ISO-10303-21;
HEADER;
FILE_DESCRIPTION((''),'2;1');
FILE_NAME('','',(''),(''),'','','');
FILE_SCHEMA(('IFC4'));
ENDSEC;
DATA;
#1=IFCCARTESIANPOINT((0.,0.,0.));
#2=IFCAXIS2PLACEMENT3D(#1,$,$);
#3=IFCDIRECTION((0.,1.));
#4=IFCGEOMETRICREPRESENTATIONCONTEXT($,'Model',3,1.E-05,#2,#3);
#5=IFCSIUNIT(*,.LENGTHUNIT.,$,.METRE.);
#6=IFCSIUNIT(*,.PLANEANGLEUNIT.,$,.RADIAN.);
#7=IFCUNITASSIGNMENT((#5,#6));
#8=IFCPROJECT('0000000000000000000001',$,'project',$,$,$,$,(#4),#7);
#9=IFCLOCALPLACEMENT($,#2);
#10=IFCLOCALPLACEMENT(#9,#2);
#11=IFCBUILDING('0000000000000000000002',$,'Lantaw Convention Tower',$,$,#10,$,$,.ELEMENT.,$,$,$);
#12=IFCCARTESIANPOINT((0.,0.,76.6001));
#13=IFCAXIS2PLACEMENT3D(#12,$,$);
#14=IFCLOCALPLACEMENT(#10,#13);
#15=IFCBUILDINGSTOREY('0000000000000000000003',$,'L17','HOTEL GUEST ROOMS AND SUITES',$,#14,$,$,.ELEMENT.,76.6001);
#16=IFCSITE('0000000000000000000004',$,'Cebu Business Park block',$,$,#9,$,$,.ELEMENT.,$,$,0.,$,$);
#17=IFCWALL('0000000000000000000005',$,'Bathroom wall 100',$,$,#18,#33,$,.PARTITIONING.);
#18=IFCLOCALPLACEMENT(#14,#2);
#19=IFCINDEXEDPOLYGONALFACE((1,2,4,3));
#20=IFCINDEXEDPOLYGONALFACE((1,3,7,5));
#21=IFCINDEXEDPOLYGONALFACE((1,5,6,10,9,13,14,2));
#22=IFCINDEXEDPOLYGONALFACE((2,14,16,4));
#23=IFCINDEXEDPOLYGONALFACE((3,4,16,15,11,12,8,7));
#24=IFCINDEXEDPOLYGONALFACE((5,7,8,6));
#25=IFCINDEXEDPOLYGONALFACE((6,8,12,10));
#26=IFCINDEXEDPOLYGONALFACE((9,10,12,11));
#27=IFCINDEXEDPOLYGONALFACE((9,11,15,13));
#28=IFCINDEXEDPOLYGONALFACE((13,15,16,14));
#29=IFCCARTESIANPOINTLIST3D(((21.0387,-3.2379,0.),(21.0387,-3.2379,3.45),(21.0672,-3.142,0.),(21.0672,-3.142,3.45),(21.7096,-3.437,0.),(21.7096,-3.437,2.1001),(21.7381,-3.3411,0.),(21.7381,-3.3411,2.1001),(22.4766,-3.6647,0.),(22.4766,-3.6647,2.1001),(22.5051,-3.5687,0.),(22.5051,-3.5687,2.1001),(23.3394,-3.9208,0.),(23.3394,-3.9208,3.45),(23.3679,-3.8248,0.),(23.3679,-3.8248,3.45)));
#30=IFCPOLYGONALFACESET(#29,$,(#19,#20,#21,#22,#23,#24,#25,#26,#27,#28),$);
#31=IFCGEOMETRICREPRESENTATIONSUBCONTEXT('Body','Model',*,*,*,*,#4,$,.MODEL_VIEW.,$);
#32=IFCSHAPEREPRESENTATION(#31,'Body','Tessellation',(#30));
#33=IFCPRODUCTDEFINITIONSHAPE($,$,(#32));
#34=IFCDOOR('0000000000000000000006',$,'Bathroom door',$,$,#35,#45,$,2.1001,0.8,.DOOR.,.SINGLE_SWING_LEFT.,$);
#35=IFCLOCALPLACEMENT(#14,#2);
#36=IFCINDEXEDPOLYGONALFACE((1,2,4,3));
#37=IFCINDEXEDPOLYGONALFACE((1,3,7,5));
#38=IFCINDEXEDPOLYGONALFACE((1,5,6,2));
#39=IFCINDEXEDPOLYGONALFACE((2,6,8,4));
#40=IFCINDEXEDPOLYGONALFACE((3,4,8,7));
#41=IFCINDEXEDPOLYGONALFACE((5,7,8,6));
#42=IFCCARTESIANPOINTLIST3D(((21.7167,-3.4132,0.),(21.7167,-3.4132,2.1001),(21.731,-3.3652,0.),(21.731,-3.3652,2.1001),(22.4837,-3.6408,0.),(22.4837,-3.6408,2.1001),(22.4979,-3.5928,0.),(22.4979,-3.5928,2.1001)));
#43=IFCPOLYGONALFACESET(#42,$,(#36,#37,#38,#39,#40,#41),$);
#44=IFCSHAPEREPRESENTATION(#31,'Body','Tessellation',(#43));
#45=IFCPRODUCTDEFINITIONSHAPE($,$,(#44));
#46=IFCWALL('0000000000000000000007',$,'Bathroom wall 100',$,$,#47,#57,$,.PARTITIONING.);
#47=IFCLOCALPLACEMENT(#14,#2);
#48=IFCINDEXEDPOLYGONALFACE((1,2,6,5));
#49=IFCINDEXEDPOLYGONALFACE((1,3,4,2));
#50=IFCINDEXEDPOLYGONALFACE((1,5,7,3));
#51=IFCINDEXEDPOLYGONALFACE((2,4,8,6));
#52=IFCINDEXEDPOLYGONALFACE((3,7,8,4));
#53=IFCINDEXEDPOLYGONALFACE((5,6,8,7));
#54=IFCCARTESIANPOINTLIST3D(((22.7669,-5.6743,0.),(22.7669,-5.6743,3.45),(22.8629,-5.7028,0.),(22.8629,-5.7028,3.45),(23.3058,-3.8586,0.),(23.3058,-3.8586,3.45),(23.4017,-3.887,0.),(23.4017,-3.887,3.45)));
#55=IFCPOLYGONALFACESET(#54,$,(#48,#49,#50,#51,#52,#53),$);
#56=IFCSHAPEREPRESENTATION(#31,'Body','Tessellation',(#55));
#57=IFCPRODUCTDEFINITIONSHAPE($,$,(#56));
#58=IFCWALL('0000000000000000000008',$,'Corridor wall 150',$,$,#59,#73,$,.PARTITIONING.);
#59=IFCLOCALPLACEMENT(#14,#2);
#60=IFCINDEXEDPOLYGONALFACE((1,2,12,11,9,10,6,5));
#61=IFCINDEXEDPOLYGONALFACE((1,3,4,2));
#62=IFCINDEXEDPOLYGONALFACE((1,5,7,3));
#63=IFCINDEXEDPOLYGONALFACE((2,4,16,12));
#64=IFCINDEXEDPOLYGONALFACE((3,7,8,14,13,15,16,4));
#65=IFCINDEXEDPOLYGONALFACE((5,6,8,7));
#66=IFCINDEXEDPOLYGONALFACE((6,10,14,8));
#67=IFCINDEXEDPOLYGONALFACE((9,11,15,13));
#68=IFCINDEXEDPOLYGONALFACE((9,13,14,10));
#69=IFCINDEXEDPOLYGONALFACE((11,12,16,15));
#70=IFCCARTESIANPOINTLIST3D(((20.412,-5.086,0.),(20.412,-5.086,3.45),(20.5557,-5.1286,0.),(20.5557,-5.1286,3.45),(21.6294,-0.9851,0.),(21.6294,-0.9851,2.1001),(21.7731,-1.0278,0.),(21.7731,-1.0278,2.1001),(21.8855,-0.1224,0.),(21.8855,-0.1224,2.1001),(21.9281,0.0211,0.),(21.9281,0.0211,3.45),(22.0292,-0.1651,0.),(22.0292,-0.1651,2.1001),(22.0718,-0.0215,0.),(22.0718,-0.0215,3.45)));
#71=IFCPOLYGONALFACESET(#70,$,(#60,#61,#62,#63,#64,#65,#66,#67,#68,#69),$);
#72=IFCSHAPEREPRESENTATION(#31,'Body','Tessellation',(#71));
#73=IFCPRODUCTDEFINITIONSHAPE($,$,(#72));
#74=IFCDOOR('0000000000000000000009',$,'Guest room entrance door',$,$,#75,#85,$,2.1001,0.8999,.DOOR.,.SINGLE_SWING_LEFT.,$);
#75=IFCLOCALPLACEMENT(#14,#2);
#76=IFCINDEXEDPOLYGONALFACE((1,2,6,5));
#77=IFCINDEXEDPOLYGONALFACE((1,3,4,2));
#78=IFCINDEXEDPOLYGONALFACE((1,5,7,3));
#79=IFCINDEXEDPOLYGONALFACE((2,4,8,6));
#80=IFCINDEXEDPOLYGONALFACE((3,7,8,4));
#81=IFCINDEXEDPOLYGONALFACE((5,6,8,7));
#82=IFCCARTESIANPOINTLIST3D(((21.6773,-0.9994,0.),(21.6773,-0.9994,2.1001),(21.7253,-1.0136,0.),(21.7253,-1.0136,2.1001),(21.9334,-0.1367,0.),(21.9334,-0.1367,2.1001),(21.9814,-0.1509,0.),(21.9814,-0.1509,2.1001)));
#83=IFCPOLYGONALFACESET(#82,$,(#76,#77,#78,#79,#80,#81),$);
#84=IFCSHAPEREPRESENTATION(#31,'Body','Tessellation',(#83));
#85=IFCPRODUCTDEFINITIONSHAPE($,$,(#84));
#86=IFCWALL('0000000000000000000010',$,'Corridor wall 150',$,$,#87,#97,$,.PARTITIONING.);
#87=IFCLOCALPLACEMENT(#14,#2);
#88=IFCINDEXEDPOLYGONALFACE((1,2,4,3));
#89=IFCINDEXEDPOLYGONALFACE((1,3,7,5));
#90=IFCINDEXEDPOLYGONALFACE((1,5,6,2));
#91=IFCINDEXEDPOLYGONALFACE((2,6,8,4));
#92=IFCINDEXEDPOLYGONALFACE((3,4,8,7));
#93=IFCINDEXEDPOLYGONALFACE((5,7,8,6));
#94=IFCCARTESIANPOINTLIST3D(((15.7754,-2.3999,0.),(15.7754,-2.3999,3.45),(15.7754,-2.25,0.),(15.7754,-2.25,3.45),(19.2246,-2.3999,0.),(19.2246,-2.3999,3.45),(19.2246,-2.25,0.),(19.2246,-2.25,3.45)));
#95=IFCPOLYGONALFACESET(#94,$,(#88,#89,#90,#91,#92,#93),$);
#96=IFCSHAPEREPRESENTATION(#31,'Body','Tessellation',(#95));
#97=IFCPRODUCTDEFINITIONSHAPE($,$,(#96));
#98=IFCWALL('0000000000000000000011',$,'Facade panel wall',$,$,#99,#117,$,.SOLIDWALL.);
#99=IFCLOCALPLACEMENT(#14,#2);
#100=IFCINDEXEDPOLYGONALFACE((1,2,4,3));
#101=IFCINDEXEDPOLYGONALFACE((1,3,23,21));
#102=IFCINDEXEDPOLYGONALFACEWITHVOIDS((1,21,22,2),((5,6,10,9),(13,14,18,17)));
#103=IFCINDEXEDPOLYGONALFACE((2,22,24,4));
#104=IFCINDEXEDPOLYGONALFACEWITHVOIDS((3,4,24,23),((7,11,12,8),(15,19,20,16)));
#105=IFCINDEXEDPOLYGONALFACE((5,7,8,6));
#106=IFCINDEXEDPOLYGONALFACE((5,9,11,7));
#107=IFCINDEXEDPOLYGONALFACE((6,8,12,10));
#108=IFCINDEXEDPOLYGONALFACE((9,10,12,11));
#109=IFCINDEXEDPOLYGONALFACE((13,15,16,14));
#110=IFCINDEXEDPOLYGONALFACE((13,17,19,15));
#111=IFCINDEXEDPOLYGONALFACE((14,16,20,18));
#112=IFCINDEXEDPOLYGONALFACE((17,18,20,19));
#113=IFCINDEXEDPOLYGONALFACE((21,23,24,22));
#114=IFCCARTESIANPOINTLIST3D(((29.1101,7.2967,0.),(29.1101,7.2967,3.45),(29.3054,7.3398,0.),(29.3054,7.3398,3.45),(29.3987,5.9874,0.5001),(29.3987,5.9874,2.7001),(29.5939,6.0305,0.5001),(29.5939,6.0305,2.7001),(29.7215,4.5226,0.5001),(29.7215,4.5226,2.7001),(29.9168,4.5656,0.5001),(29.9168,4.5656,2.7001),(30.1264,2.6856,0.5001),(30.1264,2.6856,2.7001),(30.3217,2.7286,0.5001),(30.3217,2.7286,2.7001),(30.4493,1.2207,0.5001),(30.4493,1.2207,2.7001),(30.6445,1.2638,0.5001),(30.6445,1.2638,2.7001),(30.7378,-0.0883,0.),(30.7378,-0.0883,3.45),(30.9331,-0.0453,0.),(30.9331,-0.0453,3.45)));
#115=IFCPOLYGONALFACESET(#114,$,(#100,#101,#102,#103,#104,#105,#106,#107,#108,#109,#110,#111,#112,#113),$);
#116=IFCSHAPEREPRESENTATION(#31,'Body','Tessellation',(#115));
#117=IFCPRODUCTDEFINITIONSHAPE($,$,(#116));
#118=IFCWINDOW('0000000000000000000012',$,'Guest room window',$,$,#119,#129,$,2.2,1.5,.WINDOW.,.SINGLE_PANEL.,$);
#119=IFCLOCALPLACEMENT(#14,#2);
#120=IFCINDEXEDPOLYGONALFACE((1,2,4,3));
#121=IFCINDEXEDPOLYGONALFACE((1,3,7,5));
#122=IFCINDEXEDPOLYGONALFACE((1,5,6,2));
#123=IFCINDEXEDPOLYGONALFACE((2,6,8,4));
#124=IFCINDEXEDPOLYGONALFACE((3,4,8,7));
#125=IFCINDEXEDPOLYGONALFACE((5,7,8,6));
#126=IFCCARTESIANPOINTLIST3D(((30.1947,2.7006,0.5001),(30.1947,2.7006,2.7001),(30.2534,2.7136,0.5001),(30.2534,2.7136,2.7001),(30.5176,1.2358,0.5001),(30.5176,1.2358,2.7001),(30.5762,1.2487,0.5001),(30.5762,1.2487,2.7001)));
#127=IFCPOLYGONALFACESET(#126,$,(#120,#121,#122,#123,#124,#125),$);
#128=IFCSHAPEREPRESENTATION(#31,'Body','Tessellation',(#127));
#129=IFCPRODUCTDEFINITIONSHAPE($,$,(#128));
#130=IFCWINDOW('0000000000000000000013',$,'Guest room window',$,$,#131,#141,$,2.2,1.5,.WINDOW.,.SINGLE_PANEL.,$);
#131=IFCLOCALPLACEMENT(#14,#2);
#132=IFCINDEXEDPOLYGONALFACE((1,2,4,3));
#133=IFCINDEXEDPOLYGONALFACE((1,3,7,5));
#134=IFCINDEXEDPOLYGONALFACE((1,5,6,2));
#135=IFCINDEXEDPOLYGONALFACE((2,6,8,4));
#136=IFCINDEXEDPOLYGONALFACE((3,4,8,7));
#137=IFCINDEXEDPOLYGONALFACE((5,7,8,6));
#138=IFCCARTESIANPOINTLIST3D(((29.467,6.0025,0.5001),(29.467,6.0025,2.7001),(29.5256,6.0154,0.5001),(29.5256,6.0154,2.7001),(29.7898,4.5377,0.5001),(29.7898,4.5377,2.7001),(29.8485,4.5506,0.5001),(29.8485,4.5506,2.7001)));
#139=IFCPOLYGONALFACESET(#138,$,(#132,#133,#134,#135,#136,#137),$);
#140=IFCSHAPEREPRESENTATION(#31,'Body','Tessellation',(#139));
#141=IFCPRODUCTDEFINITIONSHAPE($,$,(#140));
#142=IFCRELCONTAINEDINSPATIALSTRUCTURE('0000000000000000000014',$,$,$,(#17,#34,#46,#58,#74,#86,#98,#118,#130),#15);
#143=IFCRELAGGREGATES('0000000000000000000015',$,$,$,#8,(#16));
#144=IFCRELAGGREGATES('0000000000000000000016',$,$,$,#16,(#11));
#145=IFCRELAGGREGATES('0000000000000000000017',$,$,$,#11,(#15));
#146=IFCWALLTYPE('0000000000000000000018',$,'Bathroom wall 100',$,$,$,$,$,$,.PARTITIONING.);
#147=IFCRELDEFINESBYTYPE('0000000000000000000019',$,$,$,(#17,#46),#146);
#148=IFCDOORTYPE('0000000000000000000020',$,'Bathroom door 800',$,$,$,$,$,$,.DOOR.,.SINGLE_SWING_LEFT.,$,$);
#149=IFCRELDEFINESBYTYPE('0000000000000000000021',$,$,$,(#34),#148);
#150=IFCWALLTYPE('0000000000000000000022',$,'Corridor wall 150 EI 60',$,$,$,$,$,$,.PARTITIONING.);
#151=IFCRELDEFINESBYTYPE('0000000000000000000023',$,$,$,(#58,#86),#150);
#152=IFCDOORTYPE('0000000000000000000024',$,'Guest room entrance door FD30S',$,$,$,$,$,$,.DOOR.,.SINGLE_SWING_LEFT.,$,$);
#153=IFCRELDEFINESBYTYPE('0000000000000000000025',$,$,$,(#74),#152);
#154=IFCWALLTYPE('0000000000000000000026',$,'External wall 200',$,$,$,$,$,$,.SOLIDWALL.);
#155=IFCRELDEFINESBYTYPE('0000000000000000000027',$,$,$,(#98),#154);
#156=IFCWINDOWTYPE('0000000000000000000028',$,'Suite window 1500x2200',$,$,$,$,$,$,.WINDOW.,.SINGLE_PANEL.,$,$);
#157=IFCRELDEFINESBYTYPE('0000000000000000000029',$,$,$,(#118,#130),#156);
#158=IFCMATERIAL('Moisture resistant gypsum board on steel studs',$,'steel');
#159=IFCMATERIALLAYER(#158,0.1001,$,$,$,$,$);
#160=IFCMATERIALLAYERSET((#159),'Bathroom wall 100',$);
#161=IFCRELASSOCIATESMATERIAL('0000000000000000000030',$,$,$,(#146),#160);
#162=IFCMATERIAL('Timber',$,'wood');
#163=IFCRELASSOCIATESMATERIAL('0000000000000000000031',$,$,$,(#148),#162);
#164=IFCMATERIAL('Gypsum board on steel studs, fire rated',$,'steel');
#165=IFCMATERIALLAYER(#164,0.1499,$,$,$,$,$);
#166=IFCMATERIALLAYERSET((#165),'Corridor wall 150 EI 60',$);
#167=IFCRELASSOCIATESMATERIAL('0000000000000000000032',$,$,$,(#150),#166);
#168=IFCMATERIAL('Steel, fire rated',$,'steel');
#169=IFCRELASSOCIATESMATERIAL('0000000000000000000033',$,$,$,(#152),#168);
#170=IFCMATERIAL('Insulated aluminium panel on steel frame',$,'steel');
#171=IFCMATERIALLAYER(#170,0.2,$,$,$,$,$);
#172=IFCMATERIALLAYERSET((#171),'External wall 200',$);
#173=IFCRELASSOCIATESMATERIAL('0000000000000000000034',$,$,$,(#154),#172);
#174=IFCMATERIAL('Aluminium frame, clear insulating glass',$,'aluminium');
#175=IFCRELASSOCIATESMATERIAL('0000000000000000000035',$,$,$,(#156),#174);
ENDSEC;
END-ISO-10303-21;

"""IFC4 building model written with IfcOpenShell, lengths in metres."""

from ifc_helpers import new_model, si_unit, direction, frame, frame_2d, origin, place, context, subcontext, project, spatial, rectangle, extrude, material, layer, layer_set, type_object, element, fill, save


model = new_model("IFC4")

# Units and contexts
model_context = context("Model", 3, precision=1e-05, world=origin(), true_north=direction((0.0, 1.0)))
body_context = subcontext(model_context, "Body", "Model", "MODEL_VIEW")
ifc_project = project(units=[si_unit("LENGTHUNIT", "METRE"), si_unit("PLANEANGLEUNIT", "RADIAN")], contexts=[model_context])

# Site, building, storey
site_placement = place(None, origin())
site = spatial("IfcSite", under=ifc_project, at=site_placement, Name="Cebu Business Park block", CompositionType="ELEMENT", RefElevation=0.0)
building_placement = place(site_placement, origin())
building = spatial("IfcBuilding", under=site, at=building_placement, Name="Lantaw Convention Tower", CompositionType="ELEMENT")
storey_placement = place(building_placement, frame((0.0, 0.0, 76.6001)))
storey = spatial("IfcBuildingStorey", under=building, at=storey_placement, Name="L17", Description="HOTEL GUEST ROOMS AND SUITES", CompositionType="ELEMENT", Elevation=76.6001)

# Wall, opening, door
ifc_material_1 = material(Name="Moisture resistant gypsum board on steel studs", Category="steel")
ifc_layer_1 = layer(ifc_material_1, 0.1001)
ifc_layer_set_1 = layer_set([ifc_layer_1], Name="Bathroom wall 100")
wall_type_1 = type_object("IfcWallType", Name="Bathroom wall 100", PredefinedType="PARTITIONING", material=ifc_layer_set_1)
wall_1_placement = place(storey_placement, frame((21.053, -3.1899, 0.0), z_axis=(0.0, 0.0, 1.0), x_axis=(0.958668, -0.284528, 0.0)))
wall_1 = element("IfcWall", 1, at=wall_1_placement, inside=storey, type_object=wall_type_1, Name="Bathroom wall 100", PredefinedType="PARTITIONING", context=body_context, shape_type="SweptSolid", body=[
    extrude(rectangle(XDim=2.3999, YDim=0.1001, at=frame_2d((1.2, 0.0))), origin(), (0.0, 0.0, 1.0), 3.45),
])
opening_1_placement = place(wall_1_placement, frame((0.7, 0.0, 0.0)))
opening_1 = element("IfcOpeningElement", 2, at=opening_1_placement, cuts=wall_1, PredefinedType="OPENING", context=body_context, shape_type="SweptSolid", body=[
    extrude(rectangle(XDim=0.8, YDim=2.1001, at=frame_2d((0.3999, 1.05))), frame((0.0, 0.0601, 0.0), z_axis=(0.0, -1.0, 0.0), x_axis=(1.0, 0.0, 0.0)), (0.0, 0.0, 1.0), 0.1201),
])
ifc_material_2 = material(Name="Timber", Category="wood")
door_type_1 = type_object("IfcDoorType", Name="Bathroom door 800", OperationType="SINGLE_SWING_LEFT", PredefinedType="DOOR", material=ifc_material_2)
door_1_placement = place(opening_1_placement, origin())
door_1 = element("IfcDoor", 3, at=door_1_placement, inside=storey, type_object=door_type_1, Name="Bathroom door", OperationType="SINGLE_SWING_LEFT", OverallHeight=2.1001, OverallWidth=0.8, PredefinedType="DOOR", context=body_context, shape_type="SweptSolid", body=[
    extrude(rectangle(XDim=0.8, YDim=2.1001, at=frame_2d((0.3999, 1.05))), frame((0.0, 0.0249, 0.0), z_axis=(0.0, -1.0, 0.0), x_axis=(1.0, 0.0, 0.0)), (0.0, 0.0, 1.0), 0.05),
])
fill(opening_1, door_1)

# Wall
wall_2_placement = place(storey_placement, frame((23.3538, -3.8728, 0.0), z_axis=(0.0, 0.0, 1.0), x_axis=(-0.284496, -0.958677, 0.0)))
element("IfcWall", 4, at=wall_2_placement, inside=storey, type_object=wall_type_1, Name="Bathroom wall 100", PredefinedType="PARTITIONING", context=body_context, shape_type="SweptSolid", body=[
    extrude(rectangle(XDim=1.894, YDim=0.1001, at=frame_2d((0.947, 0.0))), origin(), (0.0, 0.0, 1.0), 3.45),
])

# Wall, opening, door
ifc_material_3 = material(Name="Gypsum board on steel studs, fire rated", Category="steel")
ifc_layer_2 = layer(ifc_material_3, 0.1499)
ifc_layer_set_2 = layer_set([ifc_layer_2], Name="Corridor wall 150 EI 60")
wall_type_2 = type_object("IfcWallType", Name="Corridor wall 150 EI 60", PredefinedType="PARTITIONING", material=ifc_layer_set_2)
wall_3_placement = place(storey_placement, frame((20.4839, -5.1072, 0.0), z_axis=(0.0, 0.0, 1.0), x_axis=(0.284584, 0.958651, 0.0)))
wall_3 = element("IfcWall", 5, at=wall_3_placement, inside=storey, type_object=wall_type_2, Name="Corridor wall 150", PredefinedType="PARTITIONING", context=body_context, shape_type="SweptSolid", body=[
    extrude(rectangle(XDim=5.3274, YDim=0.1499, at=frame_2d((2.6636, 0.0))), origin(), (0.0, 0.0, 1.0), 3.45),
])
opening_2_placement = place(wall_3_placement, frame((4.2776, 0.0, 0.0)))
opening_2 = element("IfcOpeningElement", 6, at=opening_2_placement, cuts=wall_3, PredefinedType="OPENING", context=body_context, shape_type="SweptSolid", body=[
    extrude(rectangle(XDim=0.8999, YDim=2.1001, at=frame_2d((0.45, 1.05))), frame((0.0, 0.085, 0.0), z_axis=(0.0, -1.0, 0.0), x_axis=(1.0, 0.0, 0.0)), (0.0, 0.0, 1.0), 0.1699),
])
ifc_material_4 = material(Name="Steel, fire rated", Category="steel")
door_type_2 = type_object("IfcDoorType", Name="Guest room entrance door FD30S", OperationType="SINGLE_SWING_LEFT", PredefinedType="DOOR", material=ifc_material_4)
door_2_placement = place(opening_2_placement, origin())
door_2 = element("IfcDoor", 7, at=door_2_placement, inside=storey, type_object=door_type_2, Name="Guest room entrance door", OperationType="SINGLE_SWING_LEFT", OverallHeight=2.1001, OverallWidth=0.8999, PredefinedType="DOOR", context=body_context, shape_type="SweptSolid", body=[
    extrude(rectangle(XDim=0.8999, YDim=2.1001, at=frame_2d((0.45, 1.05))), frame((0.0, 0.0249, 0.0), z_axis=(0.0, -1.0, 0.0), x_axis=(1.0, 0.0, 0.0)), (0.0, 0.0, 1.0), 0.05),
])
fill(opening_2, door_2)

# Wall
wall_4_placement = place(storey_placement, frame((19.2246, -2.325, 0.0), z_axis=(0.0, 0.0, 1.0), x_axis=(-1.0, 0.0, 0.0)))
element("IfcWall", 8, at=wall_4_placement, inside=storey, type_object=wall_type_2, Name="Corridor wall 150", PredefinedType="PARTITIONING", context=body_context, shape_type="SweptSolid", body=[
    extrude(rectangle(XDim=3.4492, YDim=0.1499, at=frame_2d((1.7246, 0.0))), origin(), (0.0, 0.0, 1.0), 3.45),
])

# Wall, openings, windows
ifc_material_5 = material(Name="Insulated aluminium panel on steel frame", Category="steel")
ifc_layer_3 = layer(ifc_material_5, 0.2)
ifc_layer_set_3 = layer_set([ifc_layer_3], Name="External wall 200")
wall_type_3 = type_object("IfcWallType", Name="External wall 200", PredefinedType="SOLIDWALL", material=ifc_layer_set_3)
wall_5_placement = place(storey_placement, frame((30.8354, -0.0669, 0.0), z_axis=(0.0, 0.0, 1.0), x_axis=(-0.215238, 0.976562, 0.0)))
wall_5 = element("IfcWall", 9, at=wall_5_placement, inside=storey, type_object=wall_type_3, Name="Facade panel wall", PredefinedType="SOLIDWALL", context=body_context, shape_type="SweptSolid", body=[
    extrude(rectangle(XDim=7.5623, YDim=0.2, at=frame_2d((3.7812, 0.0))), origin(), (0.0, 0.0, 1.0), 3.45),
])
opening_3_placement = place(wall_5_placement, frame((1.3406, 0.0, 0.5)))
opening_3 = element("IfcOpeningElement", 10, at=opening_3_placement, cuts=wall_5, PredefinedType="OPENING", context=body_context, shape_type="SweptSolid", body=[
    extrude(rectangle(XDim=1.5, YDim=2.2, at=frame_2d((0.75, 1.1001))), frame((0.0, 0.1099, 0.0), z_axis=(0.0, -1.0, 0.0), x_axis=(1.0, 0.0, 0.0)), (0.0, 0.0, 1.0), 0.22),
])
opening_4_placement = place(wall_5_placement, frame((4.7217, 0.0, 0.5)))
opening_4 = element("IfcOpeningElement", 11, at=opening_4_placement, cuts=wall_5, PredefinedType="OPENING", context=body_context, shape_type="SweptSolid", body=[
    extrude(rectangle(XDim=1.5, YDim=2.2, at=frame_2d((0.75, 1.1001))), frame((0.0, 0.1099, 0.0), z_axis=(0.0, -1.0, 0.0), x_axis=(1.0, 0.0, 0.0)), (0.0, 0.0, 1.0), 0.22),
])
ifc_material_6 = material(Name="Aluminium frame, clear insulating glass", Category="aluminium")
window_type = type_object("IfcWindowType", Name="Suite window 1500x2200", PartitioningType="SINGLE_PANEL", PredefinedType="WINDOW", material=ifc_material_6)
window_1_placement = place(opening_3_placement, origin())
window_1 = element("IfcWindow", 12, at=window_1_placement, inside=storey, type_object=window_type, Name="Guest room window", OverallHeight=2.2, OverallWidth=1.5, PartitioningType="SINGLE_PANEL", PredefinedType="WINDOW", context=body_context, shape_type="SweptSolid", body=[
    extrude(rectangle(XDim=1.5, YDim=2.2, at=frame_2d((0.75, 1.1001))), frame((0.0, 0.03, 0.0), z_axis=(0.0, -1.0, 0.0), x_axis=(1.0, 0.0, 0.0)), (0.0, 0.0, 1.0), 0.0601),
])
fill(opening_3, window_1)
window_2_placement = place(opening_4_placement, origin())
window_2 = element("IfcWindow", 13, at=window_2_placement, inside=storey, type_object=window_type, Name="Guest room window", OverallHeight=2.2, OverallWidth=1.5, PartitioningType="SINGLE_PANEL", PredefinedType="WINDOW", context=body_context, shape_type="SweptSolid", body=[
    extrude(rectangle(XDim=1.5, YDim=2.2, at=frame_2d((0.75, 1.1001))), frame((0.0, 0.03, 0.0), z_axis=(0.0, -1.0, 0.0), x_axis=(1.0, 0.0, 0.0)), (0.0, 0.0, 1.0), 0.0601),
])
fill(opening_4, window_2)

save(model, "model.ifc")
